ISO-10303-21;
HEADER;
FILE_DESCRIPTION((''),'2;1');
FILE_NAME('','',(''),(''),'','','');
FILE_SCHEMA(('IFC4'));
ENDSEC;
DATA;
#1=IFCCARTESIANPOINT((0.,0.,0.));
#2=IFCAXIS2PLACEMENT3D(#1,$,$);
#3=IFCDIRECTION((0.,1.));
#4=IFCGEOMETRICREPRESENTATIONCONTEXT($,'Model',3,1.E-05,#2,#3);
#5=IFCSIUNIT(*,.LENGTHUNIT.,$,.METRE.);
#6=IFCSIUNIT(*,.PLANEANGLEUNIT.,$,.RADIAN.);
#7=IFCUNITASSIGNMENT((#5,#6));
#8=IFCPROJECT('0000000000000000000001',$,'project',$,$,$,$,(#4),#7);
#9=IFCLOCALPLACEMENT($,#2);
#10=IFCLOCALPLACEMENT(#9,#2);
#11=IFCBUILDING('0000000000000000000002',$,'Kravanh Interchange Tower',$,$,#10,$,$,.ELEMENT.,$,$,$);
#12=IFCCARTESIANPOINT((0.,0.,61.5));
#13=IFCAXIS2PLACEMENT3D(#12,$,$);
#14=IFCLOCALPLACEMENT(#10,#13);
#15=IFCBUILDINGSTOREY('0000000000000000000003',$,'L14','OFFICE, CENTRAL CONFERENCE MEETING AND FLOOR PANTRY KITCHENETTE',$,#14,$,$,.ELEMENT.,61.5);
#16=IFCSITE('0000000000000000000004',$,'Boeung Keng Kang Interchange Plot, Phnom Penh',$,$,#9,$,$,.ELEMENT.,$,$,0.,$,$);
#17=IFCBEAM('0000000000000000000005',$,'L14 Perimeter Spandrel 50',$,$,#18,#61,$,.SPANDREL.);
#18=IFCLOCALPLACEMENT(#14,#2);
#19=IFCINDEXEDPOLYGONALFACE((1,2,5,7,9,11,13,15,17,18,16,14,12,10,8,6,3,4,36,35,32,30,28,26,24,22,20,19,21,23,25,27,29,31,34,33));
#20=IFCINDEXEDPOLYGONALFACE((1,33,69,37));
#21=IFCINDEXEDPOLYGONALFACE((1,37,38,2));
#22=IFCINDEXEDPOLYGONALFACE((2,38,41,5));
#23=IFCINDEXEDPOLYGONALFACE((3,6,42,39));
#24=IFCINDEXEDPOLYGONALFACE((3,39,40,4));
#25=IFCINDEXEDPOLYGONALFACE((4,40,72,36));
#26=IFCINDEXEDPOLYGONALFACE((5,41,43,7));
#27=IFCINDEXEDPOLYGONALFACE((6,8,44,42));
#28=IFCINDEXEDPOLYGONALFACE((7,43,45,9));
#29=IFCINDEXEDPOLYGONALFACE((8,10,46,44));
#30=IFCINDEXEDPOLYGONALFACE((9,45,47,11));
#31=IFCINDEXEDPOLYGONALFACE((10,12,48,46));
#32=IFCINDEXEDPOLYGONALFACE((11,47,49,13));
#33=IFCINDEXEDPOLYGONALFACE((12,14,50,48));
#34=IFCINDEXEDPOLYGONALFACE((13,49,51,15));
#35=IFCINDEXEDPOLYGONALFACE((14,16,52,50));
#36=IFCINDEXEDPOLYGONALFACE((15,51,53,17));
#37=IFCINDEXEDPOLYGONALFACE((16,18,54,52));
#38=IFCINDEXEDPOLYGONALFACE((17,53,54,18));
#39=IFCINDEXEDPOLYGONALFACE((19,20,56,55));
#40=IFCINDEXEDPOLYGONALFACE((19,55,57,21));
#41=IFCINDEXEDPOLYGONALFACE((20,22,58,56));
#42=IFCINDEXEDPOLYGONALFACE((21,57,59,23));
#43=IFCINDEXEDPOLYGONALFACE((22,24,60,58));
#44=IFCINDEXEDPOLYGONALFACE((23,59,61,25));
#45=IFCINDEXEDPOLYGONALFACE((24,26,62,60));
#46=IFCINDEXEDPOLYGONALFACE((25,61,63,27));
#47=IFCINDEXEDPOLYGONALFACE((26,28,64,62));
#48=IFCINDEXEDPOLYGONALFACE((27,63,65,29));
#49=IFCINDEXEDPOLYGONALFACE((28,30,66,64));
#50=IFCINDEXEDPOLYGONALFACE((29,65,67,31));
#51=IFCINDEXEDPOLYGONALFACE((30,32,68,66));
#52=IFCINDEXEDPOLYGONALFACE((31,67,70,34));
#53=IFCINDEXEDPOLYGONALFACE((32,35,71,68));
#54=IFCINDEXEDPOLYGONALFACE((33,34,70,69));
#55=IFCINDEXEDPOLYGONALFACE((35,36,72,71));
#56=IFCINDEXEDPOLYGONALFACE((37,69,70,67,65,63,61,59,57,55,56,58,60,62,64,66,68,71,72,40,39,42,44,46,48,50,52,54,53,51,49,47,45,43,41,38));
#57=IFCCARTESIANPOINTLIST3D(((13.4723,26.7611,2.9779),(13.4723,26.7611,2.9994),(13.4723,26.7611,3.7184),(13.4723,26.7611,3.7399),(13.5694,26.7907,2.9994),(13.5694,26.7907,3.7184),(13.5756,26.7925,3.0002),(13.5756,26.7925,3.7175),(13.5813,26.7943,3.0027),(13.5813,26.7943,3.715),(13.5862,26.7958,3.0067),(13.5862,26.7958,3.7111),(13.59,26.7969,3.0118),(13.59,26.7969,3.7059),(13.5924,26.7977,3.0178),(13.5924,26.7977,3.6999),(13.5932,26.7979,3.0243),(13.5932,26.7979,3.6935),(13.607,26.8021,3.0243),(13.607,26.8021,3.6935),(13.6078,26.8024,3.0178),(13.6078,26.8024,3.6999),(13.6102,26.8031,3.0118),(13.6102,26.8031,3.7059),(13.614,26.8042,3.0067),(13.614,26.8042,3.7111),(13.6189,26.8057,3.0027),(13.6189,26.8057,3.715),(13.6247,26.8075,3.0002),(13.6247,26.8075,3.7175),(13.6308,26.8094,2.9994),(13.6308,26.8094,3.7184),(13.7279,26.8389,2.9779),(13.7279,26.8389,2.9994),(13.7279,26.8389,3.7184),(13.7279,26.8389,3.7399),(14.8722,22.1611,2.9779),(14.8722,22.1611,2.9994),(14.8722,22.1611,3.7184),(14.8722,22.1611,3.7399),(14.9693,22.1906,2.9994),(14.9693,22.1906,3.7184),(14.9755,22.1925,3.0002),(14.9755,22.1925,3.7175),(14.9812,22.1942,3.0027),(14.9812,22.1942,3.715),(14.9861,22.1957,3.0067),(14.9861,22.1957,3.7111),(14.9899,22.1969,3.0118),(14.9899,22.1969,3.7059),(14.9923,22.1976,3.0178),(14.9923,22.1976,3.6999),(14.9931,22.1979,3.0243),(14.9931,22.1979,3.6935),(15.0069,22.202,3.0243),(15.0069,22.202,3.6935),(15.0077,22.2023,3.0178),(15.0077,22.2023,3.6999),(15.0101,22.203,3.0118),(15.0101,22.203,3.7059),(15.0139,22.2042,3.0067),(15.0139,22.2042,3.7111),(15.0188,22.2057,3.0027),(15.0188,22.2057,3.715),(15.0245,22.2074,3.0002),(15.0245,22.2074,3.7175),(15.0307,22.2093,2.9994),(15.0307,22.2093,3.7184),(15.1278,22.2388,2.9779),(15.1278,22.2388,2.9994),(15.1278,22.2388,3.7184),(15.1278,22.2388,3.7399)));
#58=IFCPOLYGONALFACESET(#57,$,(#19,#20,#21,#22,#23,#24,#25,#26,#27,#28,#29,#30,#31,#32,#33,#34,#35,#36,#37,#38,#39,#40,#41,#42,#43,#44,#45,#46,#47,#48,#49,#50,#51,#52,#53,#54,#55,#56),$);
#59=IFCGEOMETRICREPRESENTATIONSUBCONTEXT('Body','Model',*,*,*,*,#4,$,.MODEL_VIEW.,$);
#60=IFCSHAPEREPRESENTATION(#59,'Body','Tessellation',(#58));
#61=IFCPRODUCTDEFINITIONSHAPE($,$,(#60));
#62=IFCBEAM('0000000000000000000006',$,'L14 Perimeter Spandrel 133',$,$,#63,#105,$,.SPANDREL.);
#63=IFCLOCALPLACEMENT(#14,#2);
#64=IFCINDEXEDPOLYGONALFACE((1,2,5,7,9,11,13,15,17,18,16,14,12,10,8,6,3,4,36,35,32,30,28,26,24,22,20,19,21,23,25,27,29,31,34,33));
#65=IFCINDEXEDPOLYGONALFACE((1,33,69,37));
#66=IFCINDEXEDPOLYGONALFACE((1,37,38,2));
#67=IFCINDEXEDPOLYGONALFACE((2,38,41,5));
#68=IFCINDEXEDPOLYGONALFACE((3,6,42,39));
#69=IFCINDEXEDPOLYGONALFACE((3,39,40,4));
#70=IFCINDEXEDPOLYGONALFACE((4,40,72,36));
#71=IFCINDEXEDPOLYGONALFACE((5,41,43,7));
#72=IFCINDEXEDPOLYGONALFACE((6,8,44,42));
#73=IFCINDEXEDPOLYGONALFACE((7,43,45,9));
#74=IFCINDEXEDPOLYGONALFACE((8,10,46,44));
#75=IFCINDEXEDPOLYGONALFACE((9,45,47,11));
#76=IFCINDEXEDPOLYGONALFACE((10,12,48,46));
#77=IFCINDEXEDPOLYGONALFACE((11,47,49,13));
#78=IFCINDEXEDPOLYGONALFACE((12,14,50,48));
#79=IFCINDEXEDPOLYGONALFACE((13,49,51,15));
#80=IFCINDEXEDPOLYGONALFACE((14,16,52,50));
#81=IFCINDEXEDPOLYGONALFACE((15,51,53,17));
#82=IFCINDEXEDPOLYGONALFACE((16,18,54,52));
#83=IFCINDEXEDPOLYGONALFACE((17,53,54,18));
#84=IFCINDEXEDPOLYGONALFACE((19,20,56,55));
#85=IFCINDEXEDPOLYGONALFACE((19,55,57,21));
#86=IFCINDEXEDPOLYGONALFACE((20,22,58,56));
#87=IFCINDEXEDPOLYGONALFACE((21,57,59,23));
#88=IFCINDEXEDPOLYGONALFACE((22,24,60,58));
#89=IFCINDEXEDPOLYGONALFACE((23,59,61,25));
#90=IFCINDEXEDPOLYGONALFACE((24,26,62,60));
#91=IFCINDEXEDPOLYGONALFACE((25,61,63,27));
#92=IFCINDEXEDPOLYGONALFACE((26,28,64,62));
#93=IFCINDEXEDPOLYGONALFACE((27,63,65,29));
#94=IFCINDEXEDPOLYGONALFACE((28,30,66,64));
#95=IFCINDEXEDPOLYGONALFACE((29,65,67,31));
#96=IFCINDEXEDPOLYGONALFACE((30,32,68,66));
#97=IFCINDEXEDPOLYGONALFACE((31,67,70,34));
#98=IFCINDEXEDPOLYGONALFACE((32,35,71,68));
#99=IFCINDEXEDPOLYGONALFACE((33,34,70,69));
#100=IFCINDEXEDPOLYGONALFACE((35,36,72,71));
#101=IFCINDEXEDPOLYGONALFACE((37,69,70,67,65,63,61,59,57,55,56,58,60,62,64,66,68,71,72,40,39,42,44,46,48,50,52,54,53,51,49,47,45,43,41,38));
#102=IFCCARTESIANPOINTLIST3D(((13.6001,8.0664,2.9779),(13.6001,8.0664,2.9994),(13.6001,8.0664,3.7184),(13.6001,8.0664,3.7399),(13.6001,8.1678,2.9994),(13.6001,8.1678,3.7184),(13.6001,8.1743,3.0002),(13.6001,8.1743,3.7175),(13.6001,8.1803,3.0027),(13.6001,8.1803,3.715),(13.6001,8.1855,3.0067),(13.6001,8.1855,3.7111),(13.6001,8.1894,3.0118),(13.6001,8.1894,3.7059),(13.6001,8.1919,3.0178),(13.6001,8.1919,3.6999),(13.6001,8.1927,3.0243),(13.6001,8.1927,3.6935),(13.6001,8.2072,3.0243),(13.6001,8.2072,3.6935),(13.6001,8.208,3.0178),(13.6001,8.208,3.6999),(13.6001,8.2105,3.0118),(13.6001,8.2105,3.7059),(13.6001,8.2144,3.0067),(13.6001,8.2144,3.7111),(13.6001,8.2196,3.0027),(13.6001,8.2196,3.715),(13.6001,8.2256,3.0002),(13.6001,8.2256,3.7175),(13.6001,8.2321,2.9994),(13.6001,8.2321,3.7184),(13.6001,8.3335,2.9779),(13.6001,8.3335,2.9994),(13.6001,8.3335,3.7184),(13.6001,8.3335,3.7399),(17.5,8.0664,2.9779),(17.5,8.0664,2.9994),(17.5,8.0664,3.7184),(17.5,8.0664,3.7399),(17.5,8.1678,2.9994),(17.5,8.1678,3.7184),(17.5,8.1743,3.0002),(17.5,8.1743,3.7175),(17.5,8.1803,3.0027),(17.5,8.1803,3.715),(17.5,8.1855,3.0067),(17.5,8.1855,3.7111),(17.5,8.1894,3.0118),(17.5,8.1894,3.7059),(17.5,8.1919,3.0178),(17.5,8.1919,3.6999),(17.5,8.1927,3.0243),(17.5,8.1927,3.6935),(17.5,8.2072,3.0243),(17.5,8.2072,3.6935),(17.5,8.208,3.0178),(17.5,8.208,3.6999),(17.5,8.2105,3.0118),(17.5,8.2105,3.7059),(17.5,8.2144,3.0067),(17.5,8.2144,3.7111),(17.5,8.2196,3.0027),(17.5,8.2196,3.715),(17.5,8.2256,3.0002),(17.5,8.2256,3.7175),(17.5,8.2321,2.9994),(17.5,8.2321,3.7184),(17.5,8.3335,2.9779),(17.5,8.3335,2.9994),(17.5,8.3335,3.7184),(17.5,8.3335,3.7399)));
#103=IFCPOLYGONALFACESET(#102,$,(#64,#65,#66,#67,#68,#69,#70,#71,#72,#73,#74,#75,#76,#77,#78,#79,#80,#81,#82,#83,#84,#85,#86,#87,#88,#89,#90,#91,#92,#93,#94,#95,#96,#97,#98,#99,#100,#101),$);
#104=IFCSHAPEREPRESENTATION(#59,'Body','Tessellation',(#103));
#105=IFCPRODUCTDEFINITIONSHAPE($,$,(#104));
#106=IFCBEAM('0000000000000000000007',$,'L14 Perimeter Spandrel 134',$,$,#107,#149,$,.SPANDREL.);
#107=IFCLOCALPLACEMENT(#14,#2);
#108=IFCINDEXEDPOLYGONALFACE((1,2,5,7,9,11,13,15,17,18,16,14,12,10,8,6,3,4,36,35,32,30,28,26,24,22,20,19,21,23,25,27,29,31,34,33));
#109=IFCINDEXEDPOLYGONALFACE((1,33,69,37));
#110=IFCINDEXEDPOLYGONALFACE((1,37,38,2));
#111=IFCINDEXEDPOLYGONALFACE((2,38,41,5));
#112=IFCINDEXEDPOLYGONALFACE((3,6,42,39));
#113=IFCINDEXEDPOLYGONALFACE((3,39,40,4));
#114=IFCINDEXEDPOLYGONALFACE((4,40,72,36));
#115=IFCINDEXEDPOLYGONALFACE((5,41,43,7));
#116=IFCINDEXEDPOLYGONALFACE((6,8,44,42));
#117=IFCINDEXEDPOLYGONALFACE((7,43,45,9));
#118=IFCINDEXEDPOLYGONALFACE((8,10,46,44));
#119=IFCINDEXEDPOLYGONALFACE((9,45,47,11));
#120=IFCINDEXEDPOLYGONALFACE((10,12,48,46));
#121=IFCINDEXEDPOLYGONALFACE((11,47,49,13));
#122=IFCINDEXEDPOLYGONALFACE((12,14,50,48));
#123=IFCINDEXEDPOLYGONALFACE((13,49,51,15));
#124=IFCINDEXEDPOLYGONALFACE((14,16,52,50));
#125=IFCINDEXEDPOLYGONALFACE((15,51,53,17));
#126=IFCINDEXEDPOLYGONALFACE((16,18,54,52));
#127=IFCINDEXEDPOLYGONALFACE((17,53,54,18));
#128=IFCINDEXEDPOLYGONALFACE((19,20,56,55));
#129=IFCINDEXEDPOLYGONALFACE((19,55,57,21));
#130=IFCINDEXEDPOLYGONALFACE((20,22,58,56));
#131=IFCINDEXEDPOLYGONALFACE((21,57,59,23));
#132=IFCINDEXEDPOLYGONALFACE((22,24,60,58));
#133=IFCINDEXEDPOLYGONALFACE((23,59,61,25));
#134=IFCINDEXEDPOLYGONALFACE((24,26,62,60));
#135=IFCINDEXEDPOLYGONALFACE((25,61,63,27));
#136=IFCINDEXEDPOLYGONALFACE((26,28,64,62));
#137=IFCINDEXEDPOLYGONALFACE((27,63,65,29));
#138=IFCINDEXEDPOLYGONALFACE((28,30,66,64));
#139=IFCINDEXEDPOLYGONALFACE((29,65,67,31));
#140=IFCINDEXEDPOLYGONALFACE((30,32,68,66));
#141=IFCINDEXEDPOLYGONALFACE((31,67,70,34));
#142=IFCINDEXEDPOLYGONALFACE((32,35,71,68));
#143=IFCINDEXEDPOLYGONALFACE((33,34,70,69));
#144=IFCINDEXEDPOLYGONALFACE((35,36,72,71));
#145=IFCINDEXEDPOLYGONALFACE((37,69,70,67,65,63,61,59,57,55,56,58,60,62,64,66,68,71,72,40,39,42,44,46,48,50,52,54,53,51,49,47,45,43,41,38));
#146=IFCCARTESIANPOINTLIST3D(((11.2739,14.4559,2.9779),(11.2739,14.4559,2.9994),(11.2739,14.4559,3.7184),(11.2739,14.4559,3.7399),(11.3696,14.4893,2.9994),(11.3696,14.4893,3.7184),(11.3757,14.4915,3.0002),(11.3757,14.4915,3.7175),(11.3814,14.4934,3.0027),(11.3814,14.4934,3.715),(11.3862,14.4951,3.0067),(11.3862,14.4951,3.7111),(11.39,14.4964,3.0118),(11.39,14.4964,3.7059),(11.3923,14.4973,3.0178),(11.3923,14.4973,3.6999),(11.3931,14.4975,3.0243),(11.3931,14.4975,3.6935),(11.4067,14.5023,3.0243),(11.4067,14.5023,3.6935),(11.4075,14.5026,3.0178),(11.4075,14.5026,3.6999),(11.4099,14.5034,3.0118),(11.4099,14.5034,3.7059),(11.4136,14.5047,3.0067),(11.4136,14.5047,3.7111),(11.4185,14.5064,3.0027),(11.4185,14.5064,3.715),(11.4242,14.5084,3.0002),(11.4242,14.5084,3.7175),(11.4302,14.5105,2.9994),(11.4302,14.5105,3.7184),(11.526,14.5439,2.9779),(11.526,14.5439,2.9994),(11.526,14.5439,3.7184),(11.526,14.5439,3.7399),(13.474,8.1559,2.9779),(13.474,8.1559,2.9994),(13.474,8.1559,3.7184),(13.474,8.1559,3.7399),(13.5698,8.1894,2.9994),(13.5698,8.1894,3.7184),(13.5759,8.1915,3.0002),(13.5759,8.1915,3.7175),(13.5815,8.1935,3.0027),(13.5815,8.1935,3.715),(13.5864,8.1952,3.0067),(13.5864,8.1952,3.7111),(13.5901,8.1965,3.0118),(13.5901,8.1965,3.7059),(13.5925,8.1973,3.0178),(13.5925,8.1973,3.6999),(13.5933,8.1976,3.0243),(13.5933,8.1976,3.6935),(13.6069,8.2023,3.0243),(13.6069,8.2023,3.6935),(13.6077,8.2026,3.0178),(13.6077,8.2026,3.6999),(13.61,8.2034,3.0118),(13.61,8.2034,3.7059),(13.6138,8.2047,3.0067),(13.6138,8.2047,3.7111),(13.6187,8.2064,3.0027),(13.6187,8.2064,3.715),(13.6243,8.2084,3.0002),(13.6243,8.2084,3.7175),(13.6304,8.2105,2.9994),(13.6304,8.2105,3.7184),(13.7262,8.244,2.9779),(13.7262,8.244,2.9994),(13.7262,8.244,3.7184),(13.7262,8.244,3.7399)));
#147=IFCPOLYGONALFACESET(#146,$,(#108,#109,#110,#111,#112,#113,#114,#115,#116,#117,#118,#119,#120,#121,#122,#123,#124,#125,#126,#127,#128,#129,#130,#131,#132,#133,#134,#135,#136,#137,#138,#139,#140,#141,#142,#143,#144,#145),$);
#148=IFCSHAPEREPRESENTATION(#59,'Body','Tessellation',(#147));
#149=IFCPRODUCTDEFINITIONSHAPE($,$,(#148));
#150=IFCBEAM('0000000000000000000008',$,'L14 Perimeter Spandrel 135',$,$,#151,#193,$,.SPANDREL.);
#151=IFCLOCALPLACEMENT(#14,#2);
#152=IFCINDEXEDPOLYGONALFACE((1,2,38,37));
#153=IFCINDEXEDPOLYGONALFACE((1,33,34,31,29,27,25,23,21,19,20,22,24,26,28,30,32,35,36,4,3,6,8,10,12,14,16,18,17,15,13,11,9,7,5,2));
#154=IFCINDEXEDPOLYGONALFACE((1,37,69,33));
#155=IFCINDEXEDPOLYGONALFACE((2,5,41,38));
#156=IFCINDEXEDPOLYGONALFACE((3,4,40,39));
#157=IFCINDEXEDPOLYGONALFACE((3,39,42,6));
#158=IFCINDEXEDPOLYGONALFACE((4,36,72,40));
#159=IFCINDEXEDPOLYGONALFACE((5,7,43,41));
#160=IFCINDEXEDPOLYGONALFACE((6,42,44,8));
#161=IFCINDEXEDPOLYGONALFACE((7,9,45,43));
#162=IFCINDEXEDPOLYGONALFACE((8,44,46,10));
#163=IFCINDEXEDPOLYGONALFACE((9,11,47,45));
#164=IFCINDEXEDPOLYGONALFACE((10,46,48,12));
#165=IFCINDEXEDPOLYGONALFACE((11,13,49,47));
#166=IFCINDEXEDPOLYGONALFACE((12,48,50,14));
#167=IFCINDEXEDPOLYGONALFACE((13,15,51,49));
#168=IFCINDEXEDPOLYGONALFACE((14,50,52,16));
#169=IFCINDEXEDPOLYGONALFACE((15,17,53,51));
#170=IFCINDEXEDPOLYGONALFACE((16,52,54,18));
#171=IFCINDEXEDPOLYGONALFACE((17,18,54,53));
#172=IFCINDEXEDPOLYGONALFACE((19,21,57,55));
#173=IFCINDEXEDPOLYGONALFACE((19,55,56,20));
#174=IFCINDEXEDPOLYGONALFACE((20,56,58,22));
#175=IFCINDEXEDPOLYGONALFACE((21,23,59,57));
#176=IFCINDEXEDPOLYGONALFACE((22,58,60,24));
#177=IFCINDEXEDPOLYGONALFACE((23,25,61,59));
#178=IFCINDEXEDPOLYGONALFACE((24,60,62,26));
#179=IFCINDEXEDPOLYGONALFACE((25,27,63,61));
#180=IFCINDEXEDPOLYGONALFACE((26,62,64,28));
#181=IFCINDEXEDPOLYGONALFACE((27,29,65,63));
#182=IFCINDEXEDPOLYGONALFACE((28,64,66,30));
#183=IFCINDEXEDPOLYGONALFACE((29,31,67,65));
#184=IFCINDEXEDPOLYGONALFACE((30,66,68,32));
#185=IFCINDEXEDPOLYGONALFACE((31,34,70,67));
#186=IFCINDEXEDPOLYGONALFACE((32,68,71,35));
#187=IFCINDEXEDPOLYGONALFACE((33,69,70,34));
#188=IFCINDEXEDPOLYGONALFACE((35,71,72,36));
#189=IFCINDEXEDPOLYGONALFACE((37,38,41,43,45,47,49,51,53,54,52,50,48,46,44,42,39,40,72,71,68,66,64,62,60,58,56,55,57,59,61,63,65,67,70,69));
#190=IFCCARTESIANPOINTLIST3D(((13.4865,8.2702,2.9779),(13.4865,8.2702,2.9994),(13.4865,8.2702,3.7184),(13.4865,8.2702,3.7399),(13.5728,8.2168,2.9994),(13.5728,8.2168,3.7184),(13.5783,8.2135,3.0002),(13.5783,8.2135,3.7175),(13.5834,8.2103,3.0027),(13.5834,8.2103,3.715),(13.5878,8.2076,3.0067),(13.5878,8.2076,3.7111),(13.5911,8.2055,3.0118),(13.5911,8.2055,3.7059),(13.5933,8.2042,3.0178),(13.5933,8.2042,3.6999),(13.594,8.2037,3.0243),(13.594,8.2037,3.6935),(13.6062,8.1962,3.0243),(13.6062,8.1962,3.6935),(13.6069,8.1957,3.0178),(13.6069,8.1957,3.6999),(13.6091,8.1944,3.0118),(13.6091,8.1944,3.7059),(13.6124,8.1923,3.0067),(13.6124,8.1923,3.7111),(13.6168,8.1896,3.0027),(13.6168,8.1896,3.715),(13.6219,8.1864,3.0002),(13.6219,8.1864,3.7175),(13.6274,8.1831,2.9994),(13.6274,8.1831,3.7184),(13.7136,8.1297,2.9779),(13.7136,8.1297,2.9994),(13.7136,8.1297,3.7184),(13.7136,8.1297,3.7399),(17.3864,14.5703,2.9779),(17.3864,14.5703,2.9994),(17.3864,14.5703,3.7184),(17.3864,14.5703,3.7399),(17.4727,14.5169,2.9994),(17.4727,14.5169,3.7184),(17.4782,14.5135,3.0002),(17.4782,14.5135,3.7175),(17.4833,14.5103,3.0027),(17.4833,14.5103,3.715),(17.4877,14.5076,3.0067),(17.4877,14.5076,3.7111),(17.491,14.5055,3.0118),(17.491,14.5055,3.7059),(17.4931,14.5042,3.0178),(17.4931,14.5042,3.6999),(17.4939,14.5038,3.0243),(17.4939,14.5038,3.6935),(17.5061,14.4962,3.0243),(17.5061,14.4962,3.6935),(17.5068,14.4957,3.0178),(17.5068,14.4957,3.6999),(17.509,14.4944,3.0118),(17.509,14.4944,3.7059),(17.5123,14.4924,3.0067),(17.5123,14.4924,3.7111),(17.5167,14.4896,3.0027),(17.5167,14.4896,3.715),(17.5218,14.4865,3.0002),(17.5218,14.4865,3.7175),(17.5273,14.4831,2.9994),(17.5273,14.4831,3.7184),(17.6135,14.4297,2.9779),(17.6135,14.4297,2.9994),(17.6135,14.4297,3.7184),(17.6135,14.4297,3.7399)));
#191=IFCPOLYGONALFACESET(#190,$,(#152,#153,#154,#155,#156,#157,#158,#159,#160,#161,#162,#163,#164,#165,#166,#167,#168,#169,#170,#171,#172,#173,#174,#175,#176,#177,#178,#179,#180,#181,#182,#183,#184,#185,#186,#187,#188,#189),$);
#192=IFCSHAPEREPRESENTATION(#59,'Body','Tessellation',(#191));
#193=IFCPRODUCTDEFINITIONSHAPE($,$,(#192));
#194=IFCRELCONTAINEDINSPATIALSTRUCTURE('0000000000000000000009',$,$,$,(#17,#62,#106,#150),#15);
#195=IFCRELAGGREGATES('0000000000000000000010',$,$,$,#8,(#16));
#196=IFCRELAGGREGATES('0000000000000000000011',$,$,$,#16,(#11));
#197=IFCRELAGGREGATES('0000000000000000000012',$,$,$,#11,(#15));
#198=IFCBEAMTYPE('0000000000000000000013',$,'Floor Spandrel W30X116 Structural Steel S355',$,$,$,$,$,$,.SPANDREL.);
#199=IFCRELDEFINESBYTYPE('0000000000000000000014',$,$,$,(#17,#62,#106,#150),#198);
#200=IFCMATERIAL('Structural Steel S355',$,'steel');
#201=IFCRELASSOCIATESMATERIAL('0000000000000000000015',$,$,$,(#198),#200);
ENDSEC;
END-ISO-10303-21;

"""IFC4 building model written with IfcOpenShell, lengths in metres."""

from ifc_helpers import new_model, si_unit, direction, frame, origin, origin_2d, place, context, subcontext, project, spatial, i_section, extrude, material, material_profile, profile_set, type_object, element, save


model = new_model("IFC4")

# Units and contexts
model_context = context("Model", 3, precision=1e-05, world=origin(), true_north=direction((0.0, 1.0)))
body_context = subcontext(model_context, "Body", "Model", "MODEL_VIEW")
ifc_project = project(units=[si_unit("LENGTHUNIT", "METRE"), si_unit("PLANEANGLEUNIT", "RADIAN")], contexts=[model_context])

# Site, building, storey
site_placement = place(None, origin())
site = spatial("IfcSite", under=ifc_project, at=site_placement, Name="Boeung Keng Kang Interchange Plot, Phnom Penh", CompositionType="ELEMENT", RefElevation=0.0)
building_placement = place(site_placement, origin())
building = spatial("IfcBuilding", under=site, at=building_placement, Name="Kravanh Interchange Tower", CompositionType="ELEMENT")
storey_placement = place(building_placement, frame((0.0, 0.0, 61.5)))
storey = spatial("IfcBuildingStorey", under=building, at=storey_placement, Name="L14", Description="OFFICE, CENTRAL CONFERENCE MEETING AND FLOOR PANTRY KITCHENETTE", CompositionType="ELEMENT", Elevation=61.5)

# Beams
ifc_material_1 = material(Name="Structural Steel S355", Category="steel")
ifc_material_profile_1 = material_profile(ifc_material_1, i_section(OverallWidth=0.2671, OverallDepth=0.762, WebThickness=0.0144, FlangeThickness=0.0215, FilletRadius=0.0249, at=origin_2d()), Name="W30X116")
ifc_profile_set_1 = profile_set([ifc_material_profile_1], Name="Structural Steel S355")
beam_type_1 = type_object("IfcBeamType", Name="Floor Spandrel W30X116 Structural Steel S355", PredefinedType="SPANDREL", material=ifc_profile_set_1)
beam_1_placement = place(storey_placement, frame((15.0, 22.2, 3.3589), z_axis=(-0.291137, 0.956681, 0.0), x_axis=(-0.956681, -0.291137, 0.0)))
element("IfcBeam", 1, at=beam_1_placement, inside=storey, type_object=beam_type_1, Name="L14 Perimeter Spandrel 50", PredefinedType="SPANDREL", context=body_context, shape_type="SweptSolid", body=[
    extrude(i_section(OverallWidth=0.2671, OverallDepth=0.762, WebThickness=0.0144, FlangeThickness=0.0215, FilletRadius=0.0249, at=origin_2d()), origin(), (0.0, 0.0, 1.0), 4.8083),
])
beam_2_placement = place(storey_placement, frame((13.6001, 8.2, 3.3589), z_axis=(1.0, 0.0, 0.0), x_axis=(0.0, 1.0, 0.0)))
element("IfcBeam", 2, at=beam_2_placement, inside=storey, type_object=beam_type_1, Name="L14 Perimeter Spandrel 133", PredefinedType="SPANDREL", context=body_context, shape_type="SweptSolid", body=[
    extrude(i_section(OverallWidth=0.2671, OverallDepth=0.762, WebThickness=0.0144, FlangeThickness=0.0215, FilletRadius=0.0249, at=origin_2d()), origin(), (0.0, 0.0, 1.0), 3.8999),
])
beam_3_placement = place(storey_placement, frame((13.6001, 8.2, 3.3589), z_axis=(-0.329707, 0.944083, 0.0), x_axis=(-0.944083, -0.329707, 0.0)))
element("IfcBeam", 3, at=beam_3_placement, inside=storey, type_object=beam_type_1, Name="L14 Perimeter Spandrel 134", PredefinedType="SPANDREL", context=body_context, shape_type="SweptSolid", body=[
    extrude(i_section(OverallWidth=0.2671, OverallDepth=0.762, WebThickness=0.0144, FlangeThickness=0.0215, FilletRadius=0.0249, at=origin_2d()), origin(), (0.0, 0.0, 1.0), 6.6731),
])
beam_4_placement = place(storey_placement, frame((13.6001, 8.2, 3.3589), z_axis=(0.526342, 0.850273, 0.0), x_axis=(-0.850273, 0.526342, 0.0)))
element("IfcBeam", 4, at=beam_4_placement, inside=storey, type_object=beam_type_1, Name="L14 Perimeter Spandrel 135", PredefinedType="SPANDREL", context=body_context, shape_type="SweptSolid", body=[
    extrude(i_section(OverallWidth=0.2671, OverallDepth=0.762, WebThickness=0.0144, FlangeThickness=0.0215, FilletRadius=0.0249, at=origin_2d()), origin(), (0.0, 0.0, 1.0), 7.4094),
])

save(model, "model.ifc")
